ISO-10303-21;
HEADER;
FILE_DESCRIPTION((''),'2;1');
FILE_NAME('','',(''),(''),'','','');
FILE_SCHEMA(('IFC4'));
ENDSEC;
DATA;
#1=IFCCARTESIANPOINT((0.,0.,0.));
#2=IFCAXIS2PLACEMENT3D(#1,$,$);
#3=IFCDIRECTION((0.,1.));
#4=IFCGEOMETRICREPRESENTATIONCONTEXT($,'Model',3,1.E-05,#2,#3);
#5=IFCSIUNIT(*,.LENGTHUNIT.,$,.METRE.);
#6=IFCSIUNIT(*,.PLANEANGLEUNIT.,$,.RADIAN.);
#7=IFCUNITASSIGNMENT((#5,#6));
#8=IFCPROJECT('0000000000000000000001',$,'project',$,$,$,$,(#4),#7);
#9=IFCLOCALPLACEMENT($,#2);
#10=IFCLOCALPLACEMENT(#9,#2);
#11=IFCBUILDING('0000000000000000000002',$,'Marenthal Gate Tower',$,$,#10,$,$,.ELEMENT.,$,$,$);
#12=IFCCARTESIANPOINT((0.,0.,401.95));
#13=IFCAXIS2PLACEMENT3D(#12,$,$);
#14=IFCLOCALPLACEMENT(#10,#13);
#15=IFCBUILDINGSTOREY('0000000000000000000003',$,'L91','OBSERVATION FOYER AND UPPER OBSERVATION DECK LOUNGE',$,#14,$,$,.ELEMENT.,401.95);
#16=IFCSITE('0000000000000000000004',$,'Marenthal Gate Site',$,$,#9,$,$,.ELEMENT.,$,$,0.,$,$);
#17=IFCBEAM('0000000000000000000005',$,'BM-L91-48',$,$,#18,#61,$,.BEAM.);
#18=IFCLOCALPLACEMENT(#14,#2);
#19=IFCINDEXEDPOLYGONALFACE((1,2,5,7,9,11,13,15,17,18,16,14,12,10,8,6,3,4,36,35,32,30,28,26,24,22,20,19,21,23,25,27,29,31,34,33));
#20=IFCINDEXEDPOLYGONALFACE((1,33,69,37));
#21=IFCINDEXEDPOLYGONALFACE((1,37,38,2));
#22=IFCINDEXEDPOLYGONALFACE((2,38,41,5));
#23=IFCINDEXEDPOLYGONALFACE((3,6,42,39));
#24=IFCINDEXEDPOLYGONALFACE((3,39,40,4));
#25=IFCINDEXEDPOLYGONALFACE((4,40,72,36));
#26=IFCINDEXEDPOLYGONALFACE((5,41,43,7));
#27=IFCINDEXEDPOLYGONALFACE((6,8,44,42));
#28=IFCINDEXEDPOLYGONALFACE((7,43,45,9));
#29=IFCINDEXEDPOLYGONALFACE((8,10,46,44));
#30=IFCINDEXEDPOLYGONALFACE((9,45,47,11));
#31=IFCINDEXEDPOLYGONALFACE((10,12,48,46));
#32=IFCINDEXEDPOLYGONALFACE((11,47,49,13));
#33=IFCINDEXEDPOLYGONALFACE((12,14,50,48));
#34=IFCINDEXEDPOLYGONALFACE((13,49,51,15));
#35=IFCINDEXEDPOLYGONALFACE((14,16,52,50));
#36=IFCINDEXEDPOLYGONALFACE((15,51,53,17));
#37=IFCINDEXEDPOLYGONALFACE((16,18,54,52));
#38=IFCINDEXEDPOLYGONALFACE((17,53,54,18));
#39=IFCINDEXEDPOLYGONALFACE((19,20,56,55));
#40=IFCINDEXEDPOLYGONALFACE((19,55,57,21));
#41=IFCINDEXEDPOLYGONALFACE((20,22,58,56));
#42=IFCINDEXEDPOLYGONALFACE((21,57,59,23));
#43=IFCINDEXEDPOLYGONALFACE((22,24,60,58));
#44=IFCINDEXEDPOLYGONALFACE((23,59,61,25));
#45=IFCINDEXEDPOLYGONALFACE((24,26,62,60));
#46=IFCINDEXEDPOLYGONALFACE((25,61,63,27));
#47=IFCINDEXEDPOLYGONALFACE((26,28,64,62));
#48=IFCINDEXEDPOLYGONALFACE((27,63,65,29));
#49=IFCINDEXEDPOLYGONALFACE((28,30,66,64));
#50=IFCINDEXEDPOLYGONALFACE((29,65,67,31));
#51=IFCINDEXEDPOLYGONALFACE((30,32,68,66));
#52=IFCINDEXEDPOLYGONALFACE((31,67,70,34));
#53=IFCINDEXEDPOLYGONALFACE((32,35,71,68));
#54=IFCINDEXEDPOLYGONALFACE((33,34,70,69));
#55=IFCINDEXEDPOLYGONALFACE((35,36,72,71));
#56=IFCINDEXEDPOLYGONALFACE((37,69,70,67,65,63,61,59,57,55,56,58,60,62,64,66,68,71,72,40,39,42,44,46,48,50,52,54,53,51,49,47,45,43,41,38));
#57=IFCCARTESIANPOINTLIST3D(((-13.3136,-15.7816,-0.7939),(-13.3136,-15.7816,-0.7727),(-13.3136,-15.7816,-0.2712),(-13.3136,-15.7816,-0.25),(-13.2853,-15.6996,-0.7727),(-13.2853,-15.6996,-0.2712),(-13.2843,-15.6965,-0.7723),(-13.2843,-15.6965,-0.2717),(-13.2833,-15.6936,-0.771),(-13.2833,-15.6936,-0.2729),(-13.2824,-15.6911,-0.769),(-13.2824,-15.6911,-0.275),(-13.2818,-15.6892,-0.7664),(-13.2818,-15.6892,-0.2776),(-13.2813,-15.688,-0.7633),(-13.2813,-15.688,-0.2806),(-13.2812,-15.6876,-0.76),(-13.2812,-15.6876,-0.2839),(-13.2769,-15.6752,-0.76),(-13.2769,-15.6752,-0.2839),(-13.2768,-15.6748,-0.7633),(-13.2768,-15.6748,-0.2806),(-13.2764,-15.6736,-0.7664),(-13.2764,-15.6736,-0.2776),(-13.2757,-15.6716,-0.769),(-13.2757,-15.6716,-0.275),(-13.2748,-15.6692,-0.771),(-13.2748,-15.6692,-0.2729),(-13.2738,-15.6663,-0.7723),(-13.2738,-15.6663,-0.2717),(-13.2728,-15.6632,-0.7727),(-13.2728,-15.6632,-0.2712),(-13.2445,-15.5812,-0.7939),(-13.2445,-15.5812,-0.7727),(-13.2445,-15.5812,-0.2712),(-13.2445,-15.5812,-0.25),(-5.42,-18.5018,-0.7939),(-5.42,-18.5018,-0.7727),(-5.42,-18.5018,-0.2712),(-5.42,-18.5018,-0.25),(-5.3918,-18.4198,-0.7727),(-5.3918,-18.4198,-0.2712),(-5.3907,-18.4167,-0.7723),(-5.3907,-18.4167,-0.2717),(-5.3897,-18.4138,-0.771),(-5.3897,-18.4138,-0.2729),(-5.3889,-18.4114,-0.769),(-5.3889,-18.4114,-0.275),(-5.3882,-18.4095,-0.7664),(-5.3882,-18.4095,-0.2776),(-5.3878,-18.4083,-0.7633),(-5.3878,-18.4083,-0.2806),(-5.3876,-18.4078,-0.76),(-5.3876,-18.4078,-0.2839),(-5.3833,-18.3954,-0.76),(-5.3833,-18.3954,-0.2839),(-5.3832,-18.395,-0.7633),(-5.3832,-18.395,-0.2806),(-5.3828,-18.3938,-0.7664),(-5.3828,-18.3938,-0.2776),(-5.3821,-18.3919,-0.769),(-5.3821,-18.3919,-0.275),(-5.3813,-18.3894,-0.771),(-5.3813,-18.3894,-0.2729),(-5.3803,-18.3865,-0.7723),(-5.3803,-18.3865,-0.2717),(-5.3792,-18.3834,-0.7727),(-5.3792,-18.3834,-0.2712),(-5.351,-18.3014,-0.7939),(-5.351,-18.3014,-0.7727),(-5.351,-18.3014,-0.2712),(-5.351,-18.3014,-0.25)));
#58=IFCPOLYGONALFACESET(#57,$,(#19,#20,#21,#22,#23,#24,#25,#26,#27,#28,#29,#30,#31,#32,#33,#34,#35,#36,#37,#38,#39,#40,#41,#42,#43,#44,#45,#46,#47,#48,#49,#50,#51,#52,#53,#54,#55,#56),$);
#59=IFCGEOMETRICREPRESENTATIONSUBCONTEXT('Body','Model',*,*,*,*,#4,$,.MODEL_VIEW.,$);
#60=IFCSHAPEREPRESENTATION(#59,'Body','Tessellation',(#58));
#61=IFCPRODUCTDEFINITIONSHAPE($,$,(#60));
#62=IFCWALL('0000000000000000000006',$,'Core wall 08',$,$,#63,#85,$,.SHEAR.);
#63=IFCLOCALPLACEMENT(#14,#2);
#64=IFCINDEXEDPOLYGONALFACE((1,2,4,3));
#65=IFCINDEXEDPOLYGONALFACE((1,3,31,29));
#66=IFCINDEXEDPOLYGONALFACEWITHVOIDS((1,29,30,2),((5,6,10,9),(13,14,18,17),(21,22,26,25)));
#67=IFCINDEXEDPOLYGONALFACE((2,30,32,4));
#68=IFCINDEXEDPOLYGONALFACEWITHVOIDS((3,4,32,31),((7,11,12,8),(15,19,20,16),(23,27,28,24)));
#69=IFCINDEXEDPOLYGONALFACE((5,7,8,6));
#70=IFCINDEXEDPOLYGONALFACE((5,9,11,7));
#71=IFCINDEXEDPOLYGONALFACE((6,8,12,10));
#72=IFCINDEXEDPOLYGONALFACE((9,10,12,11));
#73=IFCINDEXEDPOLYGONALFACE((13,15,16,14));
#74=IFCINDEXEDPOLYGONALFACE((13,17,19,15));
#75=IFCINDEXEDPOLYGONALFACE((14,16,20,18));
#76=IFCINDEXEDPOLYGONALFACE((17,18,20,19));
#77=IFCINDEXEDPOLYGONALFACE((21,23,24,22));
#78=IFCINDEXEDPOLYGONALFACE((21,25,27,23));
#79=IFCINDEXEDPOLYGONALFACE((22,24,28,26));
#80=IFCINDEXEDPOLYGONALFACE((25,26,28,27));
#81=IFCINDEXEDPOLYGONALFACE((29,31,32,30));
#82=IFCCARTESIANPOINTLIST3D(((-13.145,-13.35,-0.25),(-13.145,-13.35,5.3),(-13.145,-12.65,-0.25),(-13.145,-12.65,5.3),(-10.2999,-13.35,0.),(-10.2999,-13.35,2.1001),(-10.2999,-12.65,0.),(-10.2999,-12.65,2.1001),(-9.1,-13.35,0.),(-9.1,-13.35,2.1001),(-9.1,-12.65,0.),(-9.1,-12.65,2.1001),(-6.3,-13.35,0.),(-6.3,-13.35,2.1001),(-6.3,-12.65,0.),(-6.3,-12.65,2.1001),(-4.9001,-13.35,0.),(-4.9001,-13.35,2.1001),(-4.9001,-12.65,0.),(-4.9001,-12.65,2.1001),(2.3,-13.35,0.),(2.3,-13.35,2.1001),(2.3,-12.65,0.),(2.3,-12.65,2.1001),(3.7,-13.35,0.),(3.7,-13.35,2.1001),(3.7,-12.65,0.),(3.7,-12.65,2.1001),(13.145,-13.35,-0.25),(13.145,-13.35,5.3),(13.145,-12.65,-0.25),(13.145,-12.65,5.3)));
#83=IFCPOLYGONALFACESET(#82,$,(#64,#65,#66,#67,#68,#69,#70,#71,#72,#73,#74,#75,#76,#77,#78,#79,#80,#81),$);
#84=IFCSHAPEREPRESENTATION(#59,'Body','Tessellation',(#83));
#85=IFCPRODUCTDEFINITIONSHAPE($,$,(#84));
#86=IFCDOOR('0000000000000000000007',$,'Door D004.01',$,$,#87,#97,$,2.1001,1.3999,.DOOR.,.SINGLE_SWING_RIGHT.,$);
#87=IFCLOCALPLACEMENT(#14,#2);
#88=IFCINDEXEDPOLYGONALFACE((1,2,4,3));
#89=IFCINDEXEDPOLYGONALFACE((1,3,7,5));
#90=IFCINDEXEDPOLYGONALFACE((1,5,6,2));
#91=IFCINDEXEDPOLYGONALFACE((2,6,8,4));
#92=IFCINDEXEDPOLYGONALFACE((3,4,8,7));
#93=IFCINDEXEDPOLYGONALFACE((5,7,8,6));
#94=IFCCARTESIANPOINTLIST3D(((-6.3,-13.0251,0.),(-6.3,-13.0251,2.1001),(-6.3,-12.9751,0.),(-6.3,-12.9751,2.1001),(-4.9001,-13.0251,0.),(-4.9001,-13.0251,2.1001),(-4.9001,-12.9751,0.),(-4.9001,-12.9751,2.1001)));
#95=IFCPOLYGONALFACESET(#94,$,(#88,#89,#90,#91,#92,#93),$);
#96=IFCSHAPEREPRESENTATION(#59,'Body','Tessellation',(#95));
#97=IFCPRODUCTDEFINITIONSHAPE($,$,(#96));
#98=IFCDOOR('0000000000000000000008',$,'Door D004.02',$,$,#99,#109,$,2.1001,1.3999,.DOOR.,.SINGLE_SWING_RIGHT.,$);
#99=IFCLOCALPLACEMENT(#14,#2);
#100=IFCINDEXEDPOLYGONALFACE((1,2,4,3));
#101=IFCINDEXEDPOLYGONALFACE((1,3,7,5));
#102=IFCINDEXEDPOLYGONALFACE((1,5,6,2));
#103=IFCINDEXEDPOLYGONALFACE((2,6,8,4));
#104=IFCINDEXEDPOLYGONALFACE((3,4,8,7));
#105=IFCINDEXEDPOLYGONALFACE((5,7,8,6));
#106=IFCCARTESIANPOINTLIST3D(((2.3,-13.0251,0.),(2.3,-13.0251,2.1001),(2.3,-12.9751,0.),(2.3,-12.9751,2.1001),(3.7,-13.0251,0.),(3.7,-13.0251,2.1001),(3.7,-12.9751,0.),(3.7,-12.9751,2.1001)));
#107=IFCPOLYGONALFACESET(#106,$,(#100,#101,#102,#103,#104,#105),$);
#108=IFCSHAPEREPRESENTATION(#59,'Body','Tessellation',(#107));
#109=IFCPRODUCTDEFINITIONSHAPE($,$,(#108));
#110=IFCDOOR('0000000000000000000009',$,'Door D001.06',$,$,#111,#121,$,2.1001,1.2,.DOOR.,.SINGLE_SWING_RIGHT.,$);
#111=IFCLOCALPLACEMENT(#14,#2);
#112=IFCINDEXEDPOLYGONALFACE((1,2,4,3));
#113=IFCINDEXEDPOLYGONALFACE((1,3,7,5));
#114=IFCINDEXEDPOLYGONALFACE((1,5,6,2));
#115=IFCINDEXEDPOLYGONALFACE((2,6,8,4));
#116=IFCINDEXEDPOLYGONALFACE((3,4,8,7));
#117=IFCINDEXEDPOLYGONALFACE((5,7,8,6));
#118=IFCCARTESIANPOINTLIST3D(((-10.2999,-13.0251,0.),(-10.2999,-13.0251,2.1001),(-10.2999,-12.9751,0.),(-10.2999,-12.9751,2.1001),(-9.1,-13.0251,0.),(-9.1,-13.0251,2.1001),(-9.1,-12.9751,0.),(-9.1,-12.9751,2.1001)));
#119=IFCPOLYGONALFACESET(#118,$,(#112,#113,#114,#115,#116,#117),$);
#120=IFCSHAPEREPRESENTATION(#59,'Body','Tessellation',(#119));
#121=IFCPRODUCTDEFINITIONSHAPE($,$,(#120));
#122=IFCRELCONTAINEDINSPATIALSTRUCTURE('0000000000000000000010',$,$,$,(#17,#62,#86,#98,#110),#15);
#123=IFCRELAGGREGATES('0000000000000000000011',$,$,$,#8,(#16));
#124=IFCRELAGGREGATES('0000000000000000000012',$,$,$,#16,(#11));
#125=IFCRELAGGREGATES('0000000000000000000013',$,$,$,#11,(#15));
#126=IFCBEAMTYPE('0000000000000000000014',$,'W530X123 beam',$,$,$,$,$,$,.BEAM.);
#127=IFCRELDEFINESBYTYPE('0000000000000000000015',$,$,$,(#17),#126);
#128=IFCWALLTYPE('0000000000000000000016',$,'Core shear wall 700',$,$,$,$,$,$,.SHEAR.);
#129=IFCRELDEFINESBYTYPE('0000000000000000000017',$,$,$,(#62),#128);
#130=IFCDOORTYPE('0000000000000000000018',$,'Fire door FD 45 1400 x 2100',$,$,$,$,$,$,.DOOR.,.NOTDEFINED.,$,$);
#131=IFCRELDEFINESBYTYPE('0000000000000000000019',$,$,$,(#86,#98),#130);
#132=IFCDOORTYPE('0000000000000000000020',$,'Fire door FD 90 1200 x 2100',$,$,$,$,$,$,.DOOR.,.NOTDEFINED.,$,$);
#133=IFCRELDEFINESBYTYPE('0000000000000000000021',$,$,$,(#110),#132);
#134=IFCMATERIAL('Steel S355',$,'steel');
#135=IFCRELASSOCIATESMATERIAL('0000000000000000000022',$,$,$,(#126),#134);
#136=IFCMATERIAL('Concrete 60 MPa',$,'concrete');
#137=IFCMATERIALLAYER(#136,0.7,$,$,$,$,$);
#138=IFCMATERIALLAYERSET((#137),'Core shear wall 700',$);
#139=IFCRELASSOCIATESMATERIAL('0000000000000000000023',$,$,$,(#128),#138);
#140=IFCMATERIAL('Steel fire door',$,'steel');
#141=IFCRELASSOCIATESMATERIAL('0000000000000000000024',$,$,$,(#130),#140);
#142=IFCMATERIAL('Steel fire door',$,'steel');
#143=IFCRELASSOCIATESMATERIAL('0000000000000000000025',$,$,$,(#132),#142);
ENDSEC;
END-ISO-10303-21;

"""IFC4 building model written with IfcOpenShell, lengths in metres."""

from ifc_helpers import new_model, si_unit, direction, frame, frame_2d, origin, origin_2d, place, context, subcontext, project, spatial, rectangle, i_section, extrude, material, layer, layer_set, material_profile, profile_set, type_object, element, fill, save


model = new_model("IFC4")

# Units and contexts
model_context = context("Model", 3, precision=1e-05, world=origin(), true_north=direction((0.0, 1.0)))
body_context = subcontext(model_context, "Body", "Model", "MODEL_VIEW")
ifc_project = project(units=[si_unit("LENGTHUNIT", "METRE"), si_unit("PLANEANGLEUNIT", "RADIAN")], contexts=[model_context])

# Site, building, storey
site_placement = place(None, origin())
site = spatial("IfcSite", under=ifc_project, at=site_placement, Name="Marenthal Gate Site", CompositionType="ELEMENT", RefElevation=0.0)
building_placement = place(site_placement, origin())
building = spatial("IfcBuilding", under=site, at=building_placement, Name="Marenthal Gate Tower", CompositionType="ELEMENT")
storey_placement = place(building_placement, frame((0.0, 0.0, 401.95)))
storey = spatial("IfcBuildingStorey", under=building, at=storey_placement, Name="L91", Description="OBSERVATION FOYER AND UPPER OBSERVATION DECK LOUNGE", CompositionType="ELEMENT", Elevation=401.95)

# Beam
ifc_material_1 = material(Name="Steel S355", Category="steel")
ifc_material_profile_1 = material_profile(ifc_material_1, i_section(OverallWidth=0.2119, OverallDepth=0.5439, WebThickness=0.0132, FlangeThickness=0.0212, FilletRadius=0.0127, at=origin_2d()), Name="W530X123")
ifc_profile_set_1 = profile_set([ifc_material_profile_1], Name="Steel S355")
beam_type_1 = type_object("IfcBeamType", Name="W530X123 beam", PredefinedType="BEAM", material=ifc_profile_set_1)
beam_1_placement = place(storey_placement, frame((-13.2791, -15.6814, -0.522), z_axis=(0.945436, -0.325809, 0.0), x_axis=(0.325809, 0.945436, 0.0)))
element("IfcBeam", 1, at=beam_1_placement, inside=storey, type_object=beam_type_1, Name="BM-L91-48", PredefinedType="BEAM", context=body_context, shape_type="SweptSolid", body=[
    extrude(i_section(OverallWidth=0.2119, OverallDepth=0.5439, WebThickness=0.0132, FlangeThickness=0.0212, FilletRadius=0.0127, at=origin_2d()), origin(), (0.0, 0.0, 1.0), 8.3491),
])

# Wall, openings, doors
ifc_material_2 = material(Name="Concrete 60 MPa", Category="concrete")
ifc_layer_1 = layer(ifc_material_2, 0.7)
ifc_layer_set_1 = layer_set([ifc_layer_1], Name="Core shear wall 700")
wall_type_1 = type_object("IfcWallType", Name="Core shear wall 700", PredefinedType="SHEAR", material=ifc_layer_set_1)
wall_1_placement = place(storey_placement, frame((-13.145, -13.0, -0.25), z_axis=(0.0, 0.0, 1.0), x_axis=(1.0, 0.0, 0.0)))
wall_1 = element("IfcWall", 2, at=wall_1_placement, inside=storey, type_object=wall_type_1, Name="Core wall 08", PredefinedType="SHEAR", context=body_context, shape_type="SweptSolid", body=[
    extrude(rectangle(XDim=26.29, YDim=0.7, at=frame_2d((13.145, 0.0))), origin(), (0.0, 0.0, 1.0), 5.55),
])
opening_1_placement = place(wall_1_placement, frame((2.845, 0.0, 0.25)))
opening_1 = element("IfcOpeningElement", 3, at=opening_1_placement, cuts=wall_1, PredefinedType="OPENING", context=body_context, shape_type="SweptSolid", body=[
    extrude(rectangle(XDim=1.2, YDim=2.1001, at=frame_2d((0.6001, 1.05))), frame((0.0, 0.3599, 0.0), z_axis=(0.0, -1.0, 0.0), x_axis=(1.0, 0.0, 0.0)), (0.0, 0.0, 1.0), 0.72),
])
opening_2_placement = place(wall_1_placement, frame((6.845, 0.0, 0.25)))
opening_2 = element("IfcOpeningElement", 4, at=opening_2_placement, cuts=wall_1, PredefinedType="OPENING", context=body_context, shape_type="SweptSolid", body=[
    extrude(rectangle(XDim=1.3999, YDim=2.1001, at=frame_2d((0.7, 1.05))), frame((0.0, 0.3599, 0.0), z_axis=(0.0, -1.0, 0.0), x_axis=(1.0, 0.0, 0.0)), (0.0, 0.0, 1.0), 0.72),
])
opening_3_placement = place(wall_1_placement, frame((15.4451, 0.0, 0.25)))
opening_3 = element("IfcOpeningElement", 5, at=opening_3_placement, cuts=wall_1, PredefinedType="OPENING", context=body_context, shape_type="SweptSolid", body=[
    extrude(rectangle(XDim=1.3999, YDim=2.1001, at=frame_2d((0.7, 1.05))), frame((0.0, 0.3599, 0.0), z_axis=(0.0, -1.0, 0.0), x_axis=(1.0, 0.0, 0.0)), (0.0, 0.0, 1.0), 0.72),
])
ifc_material_3 = material(Name="Steel fire door", Category="steel")
door_type_1 = type_object("IfcDoorType", Name="Fire door FD 45 1400 x 2100", OperationType="NOTDEFINED", PredefinedType="DOOR", material=ifc_material_3)
door_1_placement = place(opening_2_placement, origin())
door_1 = element("IfcDoor", 6, at=door_1_placement, inside=storey, type_object=door_type_1, Name="Door D004.01", OperationType="SINGLE_SWING_RIGHT", OverallHeight=2.1001, OverallWidth=1.3999, PredefinedType="DOOR", context=body_context, shape_type="SweptSolid", body=[
    extrude(rectangle(XDim=1.3999, YDim=2.1001, at=frame_2d((0.7, 1.05))), frame((0.0, 0.0249, 0.0), z_axis=(0.0, -1.0, 0.0), x_axis=(1.0, 0.0, 0.0)), (0.0, 0.0, 1.0), 0.05),
])
fill(opening_2, door_1)
door_2_placement = place(opening_3_placement, origin())
door_2 = element("IfcDoor", 7, at=door_2_placement, inside=storey, type_object=door_type_1, Name="Door D004.02", OperationType="SINGLE_SWING_RIGHT", OverallHeight=2.1001, OverallWidth=1.3999, PredefinedType="DOOR", context=body_context, shape_type="SweptSolid", body=[
    extrude(rectangle(XDim=1.3999, YDim=2.1001, at=frame_2d((0.7, 1.05))), frame((0.0, 0.0249, 0.0), z_axis=(0.0, -1.0, 0.0), x_axis=(1.0, 0.0, 0.0)), (0.0, 0.0, 1.0), 0.05),
])
fill(opening_3, door_2)
ifc_material_4 = material(Name="Steel fire door", Category="steel")
door_type_2 = type_object("IfcDoorType", Name="Fire door FD 90 1200 x 2100", OperationType="NOTDEFINED", PredefinedType="DOOR", material=ifc_material_4)
door_3_placement = place(opening_1_placement, origin())
door_3 = element("IfcDoor", 8, at=door_3_placement, inside=storey, type_object=door_type_2, Name="Door D001.06", OperationType="SINGLE_SWING_RIGHT", OverallHeight=2.1001, OverallWidth=1.2, PredefinedType="DOOR", context=body_context, shape_type="SweptSolid", body=[
    extrude(rectangle(XDim=1.2, YDim=2.1001, at=frame_2d((0.6001, 1.05))), frame((0.0, 0.0249, 0.0), z_axis=(0.0, -1.0, 0.0), x_axis=(1.0, 0.0, 0.0)), (0.0, 0.0, 1.0), 0.05),
])
fill(opening_1, door_3)

save(model, "model.ifc")
